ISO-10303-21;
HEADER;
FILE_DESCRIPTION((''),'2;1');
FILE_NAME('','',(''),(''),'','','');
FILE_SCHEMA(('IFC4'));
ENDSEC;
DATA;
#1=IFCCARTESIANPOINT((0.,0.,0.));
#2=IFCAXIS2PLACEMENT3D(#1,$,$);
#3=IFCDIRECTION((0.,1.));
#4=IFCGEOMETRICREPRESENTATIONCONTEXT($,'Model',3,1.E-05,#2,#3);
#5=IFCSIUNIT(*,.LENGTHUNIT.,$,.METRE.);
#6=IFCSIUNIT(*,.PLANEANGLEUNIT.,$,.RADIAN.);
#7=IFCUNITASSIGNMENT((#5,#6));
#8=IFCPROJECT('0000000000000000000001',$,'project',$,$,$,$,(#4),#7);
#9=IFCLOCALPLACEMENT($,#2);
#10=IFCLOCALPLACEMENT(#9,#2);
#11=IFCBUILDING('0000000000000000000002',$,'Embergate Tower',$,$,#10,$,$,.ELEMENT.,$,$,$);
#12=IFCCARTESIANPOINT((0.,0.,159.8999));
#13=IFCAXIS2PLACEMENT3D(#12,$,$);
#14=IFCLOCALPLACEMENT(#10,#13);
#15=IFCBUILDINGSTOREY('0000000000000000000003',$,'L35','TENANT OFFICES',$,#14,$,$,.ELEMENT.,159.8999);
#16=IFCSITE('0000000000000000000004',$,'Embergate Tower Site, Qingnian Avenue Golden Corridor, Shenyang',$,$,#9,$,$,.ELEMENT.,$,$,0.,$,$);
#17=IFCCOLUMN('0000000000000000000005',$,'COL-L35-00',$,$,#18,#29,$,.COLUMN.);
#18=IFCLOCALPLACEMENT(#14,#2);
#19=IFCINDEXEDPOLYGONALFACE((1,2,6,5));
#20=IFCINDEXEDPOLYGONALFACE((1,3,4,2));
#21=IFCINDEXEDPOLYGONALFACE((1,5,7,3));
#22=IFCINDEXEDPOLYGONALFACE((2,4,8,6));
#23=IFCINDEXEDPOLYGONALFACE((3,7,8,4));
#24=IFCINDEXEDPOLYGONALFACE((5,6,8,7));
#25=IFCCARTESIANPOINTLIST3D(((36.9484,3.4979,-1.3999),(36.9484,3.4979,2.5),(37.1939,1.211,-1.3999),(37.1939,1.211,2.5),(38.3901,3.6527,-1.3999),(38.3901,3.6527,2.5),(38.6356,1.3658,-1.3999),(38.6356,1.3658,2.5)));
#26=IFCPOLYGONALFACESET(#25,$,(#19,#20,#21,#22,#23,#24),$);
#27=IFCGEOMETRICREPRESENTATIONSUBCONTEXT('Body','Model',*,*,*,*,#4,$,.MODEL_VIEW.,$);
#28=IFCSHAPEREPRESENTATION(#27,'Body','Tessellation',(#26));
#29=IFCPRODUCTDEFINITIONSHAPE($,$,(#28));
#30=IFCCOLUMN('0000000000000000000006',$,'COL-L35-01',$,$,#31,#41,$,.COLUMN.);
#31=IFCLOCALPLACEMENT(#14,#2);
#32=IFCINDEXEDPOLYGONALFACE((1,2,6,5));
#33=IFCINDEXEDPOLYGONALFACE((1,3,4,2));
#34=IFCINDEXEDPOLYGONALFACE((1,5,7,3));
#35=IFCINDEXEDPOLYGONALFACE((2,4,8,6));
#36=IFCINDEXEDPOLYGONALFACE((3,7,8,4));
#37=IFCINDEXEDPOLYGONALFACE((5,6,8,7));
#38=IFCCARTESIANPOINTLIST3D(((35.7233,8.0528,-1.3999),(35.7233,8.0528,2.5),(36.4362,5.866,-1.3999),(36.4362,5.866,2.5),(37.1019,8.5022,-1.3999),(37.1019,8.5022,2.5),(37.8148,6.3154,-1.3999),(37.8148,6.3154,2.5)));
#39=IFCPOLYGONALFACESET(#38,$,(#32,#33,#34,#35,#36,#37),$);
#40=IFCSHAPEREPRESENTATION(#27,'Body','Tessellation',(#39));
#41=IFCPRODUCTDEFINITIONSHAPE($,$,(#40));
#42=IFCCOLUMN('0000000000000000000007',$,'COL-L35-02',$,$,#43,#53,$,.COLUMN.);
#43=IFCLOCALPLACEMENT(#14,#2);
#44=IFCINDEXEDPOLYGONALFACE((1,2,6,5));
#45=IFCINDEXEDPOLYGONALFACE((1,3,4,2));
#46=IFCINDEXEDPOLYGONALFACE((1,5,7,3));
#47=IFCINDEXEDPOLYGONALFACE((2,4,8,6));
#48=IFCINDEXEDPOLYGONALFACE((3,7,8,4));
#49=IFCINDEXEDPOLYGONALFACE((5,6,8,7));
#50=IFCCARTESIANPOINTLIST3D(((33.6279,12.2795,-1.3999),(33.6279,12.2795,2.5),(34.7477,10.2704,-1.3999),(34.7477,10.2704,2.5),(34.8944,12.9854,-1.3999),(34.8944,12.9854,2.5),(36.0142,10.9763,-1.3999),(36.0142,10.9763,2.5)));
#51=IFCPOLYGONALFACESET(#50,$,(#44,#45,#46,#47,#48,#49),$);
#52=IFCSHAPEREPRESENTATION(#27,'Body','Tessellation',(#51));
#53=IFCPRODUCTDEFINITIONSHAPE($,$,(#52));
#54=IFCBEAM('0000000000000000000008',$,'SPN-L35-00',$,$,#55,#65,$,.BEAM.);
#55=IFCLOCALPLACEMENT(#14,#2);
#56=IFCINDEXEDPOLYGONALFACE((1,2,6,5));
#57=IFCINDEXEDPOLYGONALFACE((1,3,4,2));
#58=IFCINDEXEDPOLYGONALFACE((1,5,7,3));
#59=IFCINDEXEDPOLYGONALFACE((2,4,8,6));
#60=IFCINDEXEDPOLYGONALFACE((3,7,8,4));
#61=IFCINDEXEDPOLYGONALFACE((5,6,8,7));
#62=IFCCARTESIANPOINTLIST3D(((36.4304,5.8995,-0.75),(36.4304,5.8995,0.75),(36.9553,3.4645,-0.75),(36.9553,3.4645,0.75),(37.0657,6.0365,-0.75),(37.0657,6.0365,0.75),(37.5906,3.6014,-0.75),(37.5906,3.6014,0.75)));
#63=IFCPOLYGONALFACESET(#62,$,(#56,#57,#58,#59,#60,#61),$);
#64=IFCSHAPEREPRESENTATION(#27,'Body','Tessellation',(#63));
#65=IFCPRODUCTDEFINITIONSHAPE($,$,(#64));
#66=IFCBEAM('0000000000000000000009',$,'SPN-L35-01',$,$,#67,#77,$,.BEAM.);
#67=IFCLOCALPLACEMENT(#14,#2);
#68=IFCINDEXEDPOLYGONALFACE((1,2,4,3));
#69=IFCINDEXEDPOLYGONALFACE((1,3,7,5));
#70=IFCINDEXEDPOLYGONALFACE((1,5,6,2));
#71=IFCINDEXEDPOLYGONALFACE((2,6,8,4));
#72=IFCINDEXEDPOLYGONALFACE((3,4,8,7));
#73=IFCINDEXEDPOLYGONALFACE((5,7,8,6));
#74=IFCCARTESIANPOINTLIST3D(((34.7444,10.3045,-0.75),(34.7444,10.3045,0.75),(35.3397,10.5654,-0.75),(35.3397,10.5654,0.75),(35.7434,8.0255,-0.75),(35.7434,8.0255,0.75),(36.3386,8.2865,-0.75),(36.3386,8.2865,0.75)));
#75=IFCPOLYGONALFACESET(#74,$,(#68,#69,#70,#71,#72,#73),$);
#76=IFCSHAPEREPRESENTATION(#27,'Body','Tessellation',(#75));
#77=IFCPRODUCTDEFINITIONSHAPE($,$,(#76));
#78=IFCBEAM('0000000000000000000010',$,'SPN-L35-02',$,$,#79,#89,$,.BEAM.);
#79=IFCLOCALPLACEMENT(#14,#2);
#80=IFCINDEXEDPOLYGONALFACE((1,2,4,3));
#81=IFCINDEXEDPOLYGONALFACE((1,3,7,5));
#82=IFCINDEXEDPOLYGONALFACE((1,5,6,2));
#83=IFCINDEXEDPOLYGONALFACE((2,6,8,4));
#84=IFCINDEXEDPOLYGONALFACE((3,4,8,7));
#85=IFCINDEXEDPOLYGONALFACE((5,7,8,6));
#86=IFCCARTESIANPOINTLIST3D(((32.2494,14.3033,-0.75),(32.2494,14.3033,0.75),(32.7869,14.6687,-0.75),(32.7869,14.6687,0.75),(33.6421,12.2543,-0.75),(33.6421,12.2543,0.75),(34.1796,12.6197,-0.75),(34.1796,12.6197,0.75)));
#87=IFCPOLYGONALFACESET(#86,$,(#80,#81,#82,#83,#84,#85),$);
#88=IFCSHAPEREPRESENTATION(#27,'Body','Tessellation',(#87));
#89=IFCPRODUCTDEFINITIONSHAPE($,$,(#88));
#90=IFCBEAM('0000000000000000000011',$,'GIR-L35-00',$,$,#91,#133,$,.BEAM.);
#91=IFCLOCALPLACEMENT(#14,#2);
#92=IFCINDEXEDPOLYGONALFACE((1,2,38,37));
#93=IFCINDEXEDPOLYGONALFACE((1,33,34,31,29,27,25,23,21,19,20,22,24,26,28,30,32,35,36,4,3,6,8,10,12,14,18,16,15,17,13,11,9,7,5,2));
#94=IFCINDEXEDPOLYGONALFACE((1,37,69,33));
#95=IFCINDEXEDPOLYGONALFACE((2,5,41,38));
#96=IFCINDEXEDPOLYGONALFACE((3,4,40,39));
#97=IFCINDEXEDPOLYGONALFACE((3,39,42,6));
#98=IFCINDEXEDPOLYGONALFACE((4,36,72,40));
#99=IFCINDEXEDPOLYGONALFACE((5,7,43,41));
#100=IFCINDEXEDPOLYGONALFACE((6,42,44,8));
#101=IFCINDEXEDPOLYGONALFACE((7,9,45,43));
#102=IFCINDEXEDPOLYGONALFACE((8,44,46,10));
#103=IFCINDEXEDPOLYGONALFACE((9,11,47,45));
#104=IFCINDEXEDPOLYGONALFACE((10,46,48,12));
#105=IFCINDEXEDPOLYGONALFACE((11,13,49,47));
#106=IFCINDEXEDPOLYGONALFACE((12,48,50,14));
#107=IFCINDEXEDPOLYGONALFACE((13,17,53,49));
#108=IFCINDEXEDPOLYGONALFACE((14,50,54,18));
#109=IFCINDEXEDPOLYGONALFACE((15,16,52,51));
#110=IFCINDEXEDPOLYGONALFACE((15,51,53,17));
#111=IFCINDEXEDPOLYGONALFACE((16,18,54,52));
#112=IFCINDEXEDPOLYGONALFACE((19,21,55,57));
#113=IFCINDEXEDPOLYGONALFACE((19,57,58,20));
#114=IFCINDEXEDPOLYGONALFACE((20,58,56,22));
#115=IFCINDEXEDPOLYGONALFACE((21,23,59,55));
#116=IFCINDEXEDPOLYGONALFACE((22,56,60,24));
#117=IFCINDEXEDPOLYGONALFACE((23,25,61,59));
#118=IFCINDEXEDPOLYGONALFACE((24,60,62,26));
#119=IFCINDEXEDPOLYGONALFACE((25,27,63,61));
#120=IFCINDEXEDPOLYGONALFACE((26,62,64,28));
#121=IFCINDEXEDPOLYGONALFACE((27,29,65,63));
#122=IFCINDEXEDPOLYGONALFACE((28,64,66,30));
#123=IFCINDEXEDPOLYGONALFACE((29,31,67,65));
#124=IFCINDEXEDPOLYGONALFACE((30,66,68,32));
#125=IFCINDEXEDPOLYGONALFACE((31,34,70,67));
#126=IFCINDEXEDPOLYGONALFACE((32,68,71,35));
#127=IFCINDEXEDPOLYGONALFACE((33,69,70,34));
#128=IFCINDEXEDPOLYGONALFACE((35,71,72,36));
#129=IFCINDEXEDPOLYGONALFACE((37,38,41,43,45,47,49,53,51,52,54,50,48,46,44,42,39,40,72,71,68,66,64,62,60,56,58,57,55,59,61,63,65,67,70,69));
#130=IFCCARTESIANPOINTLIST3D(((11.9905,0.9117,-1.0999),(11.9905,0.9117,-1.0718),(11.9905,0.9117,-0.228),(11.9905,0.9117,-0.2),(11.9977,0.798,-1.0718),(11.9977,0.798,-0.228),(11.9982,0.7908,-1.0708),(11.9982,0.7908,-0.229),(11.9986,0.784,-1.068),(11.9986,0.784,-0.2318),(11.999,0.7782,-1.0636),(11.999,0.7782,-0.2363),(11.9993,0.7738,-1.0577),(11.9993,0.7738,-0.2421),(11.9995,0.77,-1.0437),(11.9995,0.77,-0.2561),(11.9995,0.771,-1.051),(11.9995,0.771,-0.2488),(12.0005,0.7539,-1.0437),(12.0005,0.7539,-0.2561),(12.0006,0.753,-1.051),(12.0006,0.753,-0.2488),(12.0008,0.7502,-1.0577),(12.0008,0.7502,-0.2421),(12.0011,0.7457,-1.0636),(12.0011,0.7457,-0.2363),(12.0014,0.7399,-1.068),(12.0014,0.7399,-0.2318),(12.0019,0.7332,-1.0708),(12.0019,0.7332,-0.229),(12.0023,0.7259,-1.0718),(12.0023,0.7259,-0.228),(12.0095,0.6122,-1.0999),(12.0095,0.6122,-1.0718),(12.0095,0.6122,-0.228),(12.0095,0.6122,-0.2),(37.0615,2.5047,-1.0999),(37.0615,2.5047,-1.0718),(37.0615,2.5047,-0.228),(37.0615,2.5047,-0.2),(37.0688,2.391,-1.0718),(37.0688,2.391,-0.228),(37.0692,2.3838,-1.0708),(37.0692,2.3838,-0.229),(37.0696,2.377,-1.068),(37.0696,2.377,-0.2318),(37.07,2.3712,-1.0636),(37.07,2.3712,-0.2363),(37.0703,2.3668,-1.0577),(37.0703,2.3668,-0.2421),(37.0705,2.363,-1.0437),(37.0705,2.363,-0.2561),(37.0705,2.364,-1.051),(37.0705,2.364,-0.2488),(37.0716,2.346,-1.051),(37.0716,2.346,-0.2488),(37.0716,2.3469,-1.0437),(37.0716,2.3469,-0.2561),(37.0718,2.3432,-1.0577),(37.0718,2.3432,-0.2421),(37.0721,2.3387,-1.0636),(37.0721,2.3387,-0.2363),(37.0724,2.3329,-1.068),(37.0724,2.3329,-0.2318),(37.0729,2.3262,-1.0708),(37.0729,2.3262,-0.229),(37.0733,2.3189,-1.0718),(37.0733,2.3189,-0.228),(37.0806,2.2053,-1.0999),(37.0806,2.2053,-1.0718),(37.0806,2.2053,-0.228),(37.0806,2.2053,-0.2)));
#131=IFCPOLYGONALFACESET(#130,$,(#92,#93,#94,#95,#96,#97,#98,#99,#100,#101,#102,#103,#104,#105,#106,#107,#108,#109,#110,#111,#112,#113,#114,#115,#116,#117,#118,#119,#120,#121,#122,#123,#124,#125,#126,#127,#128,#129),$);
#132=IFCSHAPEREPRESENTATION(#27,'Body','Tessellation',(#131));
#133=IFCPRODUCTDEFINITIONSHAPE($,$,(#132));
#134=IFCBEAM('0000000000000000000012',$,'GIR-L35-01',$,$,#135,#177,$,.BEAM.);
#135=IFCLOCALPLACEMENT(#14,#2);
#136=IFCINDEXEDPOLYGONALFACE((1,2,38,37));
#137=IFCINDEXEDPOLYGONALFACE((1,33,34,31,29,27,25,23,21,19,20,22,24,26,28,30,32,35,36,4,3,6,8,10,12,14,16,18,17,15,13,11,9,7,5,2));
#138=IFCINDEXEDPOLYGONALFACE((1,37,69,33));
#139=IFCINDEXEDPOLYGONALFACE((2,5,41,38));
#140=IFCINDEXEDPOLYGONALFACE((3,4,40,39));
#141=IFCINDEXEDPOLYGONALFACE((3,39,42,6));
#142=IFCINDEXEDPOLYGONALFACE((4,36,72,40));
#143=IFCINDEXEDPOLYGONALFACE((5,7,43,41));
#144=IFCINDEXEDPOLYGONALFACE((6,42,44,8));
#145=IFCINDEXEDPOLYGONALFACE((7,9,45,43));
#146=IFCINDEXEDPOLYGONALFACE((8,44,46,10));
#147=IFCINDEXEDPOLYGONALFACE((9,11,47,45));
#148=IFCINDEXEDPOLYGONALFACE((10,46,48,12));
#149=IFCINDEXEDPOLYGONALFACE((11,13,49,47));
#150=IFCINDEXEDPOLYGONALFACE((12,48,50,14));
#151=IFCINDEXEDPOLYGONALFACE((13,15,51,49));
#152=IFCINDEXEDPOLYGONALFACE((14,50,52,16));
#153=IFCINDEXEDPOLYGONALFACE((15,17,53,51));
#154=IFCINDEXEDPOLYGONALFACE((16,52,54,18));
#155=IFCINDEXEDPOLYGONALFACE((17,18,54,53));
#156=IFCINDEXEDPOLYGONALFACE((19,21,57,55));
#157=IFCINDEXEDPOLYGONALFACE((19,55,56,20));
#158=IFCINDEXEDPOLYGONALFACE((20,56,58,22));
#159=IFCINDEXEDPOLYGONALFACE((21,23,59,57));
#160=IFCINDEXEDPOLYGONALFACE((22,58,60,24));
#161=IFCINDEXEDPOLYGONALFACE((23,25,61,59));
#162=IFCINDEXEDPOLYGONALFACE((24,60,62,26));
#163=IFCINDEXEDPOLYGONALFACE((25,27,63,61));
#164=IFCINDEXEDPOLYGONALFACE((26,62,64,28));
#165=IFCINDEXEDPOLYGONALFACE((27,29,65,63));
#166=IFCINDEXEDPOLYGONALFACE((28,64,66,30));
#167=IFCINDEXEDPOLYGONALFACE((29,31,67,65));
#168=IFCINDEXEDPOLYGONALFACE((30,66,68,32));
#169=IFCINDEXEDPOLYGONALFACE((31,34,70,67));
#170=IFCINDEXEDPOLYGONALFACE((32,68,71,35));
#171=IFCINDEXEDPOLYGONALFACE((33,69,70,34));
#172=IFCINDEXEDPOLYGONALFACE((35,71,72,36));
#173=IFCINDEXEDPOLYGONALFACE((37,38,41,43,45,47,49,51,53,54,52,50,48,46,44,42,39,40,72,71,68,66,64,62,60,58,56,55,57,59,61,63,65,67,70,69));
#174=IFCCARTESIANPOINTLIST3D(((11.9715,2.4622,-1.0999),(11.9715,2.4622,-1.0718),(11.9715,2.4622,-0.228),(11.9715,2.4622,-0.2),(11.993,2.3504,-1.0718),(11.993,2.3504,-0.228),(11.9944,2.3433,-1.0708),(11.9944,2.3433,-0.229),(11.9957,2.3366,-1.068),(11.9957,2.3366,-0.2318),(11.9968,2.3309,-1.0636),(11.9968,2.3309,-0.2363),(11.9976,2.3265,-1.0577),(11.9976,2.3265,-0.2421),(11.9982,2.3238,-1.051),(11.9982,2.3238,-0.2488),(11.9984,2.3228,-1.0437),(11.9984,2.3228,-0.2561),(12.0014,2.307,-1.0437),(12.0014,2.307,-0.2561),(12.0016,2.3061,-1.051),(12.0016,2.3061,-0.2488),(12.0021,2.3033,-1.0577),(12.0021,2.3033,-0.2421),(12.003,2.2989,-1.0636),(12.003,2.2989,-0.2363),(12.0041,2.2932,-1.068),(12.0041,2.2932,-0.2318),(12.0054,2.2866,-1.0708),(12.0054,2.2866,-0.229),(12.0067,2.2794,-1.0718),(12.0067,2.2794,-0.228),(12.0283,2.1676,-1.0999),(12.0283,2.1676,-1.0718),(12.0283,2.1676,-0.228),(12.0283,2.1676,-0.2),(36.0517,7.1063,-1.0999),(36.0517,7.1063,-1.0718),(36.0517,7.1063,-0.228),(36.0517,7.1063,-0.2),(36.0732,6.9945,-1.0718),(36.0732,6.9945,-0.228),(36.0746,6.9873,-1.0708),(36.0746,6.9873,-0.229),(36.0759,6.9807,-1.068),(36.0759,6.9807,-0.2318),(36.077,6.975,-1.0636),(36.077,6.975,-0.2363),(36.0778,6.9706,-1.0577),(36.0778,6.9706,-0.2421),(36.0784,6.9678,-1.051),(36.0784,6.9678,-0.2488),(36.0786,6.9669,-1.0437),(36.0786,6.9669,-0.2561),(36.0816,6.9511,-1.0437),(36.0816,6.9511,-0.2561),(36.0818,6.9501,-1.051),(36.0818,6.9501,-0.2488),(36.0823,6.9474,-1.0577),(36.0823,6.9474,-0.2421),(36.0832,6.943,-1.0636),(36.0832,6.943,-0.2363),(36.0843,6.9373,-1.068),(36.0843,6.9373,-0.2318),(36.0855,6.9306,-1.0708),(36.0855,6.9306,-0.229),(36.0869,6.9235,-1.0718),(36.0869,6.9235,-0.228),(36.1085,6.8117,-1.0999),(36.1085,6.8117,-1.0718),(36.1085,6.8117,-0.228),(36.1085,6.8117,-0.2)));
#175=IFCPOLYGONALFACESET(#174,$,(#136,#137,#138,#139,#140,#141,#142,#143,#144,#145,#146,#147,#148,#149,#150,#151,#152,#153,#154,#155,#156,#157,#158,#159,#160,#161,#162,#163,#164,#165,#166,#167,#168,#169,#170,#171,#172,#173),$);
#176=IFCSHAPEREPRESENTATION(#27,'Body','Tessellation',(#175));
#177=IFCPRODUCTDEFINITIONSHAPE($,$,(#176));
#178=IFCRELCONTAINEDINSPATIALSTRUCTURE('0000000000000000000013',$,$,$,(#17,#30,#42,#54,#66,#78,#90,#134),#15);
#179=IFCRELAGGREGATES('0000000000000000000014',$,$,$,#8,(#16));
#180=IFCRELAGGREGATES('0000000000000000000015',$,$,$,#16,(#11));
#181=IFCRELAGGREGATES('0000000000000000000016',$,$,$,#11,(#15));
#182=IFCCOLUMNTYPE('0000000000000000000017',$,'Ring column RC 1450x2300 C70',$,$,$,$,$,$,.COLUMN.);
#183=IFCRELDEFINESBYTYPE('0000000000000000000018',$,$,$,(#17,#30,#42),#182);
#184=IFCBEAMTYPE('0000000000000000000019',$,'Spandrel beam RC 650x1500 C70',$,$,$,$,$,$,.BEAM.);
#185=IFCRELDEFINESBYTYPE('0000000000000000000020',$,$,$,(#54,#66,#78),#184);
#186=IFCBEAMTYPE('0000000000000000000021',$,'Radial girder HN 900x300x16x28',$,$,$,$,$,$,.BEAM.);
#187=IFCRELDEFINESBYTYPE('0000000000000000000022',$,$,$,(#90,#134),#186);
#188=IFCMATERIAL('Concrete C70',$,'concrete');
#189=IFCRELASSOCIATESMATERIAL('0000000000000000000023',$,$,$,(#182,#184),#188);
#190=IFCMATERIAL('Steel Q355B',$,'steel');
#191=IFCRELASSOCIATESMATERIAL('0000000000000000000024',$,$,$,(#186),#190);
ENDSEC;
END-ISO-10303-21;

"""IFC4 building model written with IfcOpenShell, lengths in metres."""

from ifc_helpers import new_model, si_unit, direction, frame, origin, origin_2d, place, context, subcontext, project, spatial, rectangle, i_section, extrude, source, transform, mapped, material, material_profile, profile_set, type_object, element, save


model = new_model("IFC4")

# Units and contexts
model_context = context("Model", 3, precision=1e-05, world=origin(), true_north=direction((0.0, 1.0)))
body_context = subcontext(model_context, "Body", "Model", "MODEL_VIEW")
ifc_project = project(units=[si_unit("LENGTHUNIT", "METRE"), si_unit("PLANEANGLEUNIT", "RADIAN")], contexts=[model_context])

# Site, building, storey
site_placement = place(None, origin())
site = spatial("IfcSite", under=ifc_project, at=site_placement, Name="Embergate Tower Site, Qingnian Avenue Golden Corridor, Shenyang", CompositionType="ELEMENT", RefElevation=0.0)
building_placement = place(site_placement, origin())
building = spatial("IfcBuilding", under=site, at=building_placement, Name="Embergate Tower", CompositionType="ELEMENT")
storey_placement = place(building_placement, frame((0.0, 0.0, 159.8999)))
storey = spatial("IfcBuildingStorey", under=building, at=storey_placement, Name="L35", Description="TENANT OFFICES", CompositionType="ELEMENT", Elevation=159.8999)

# Columns
ifc_material_1 = material(Name="Concrete C70", Category="concrete")
ifc_material_profile_1 = material_profile(ifc_material_1, rectangle(XDim=1.45, YDim=2.3, at=origin_2d()), Name="RC 1450x2300")
ifc_profile_set_1 = profile_set([ifc_material_profile_1], Name="Concrete C70")
column_type = type_object("IfcColumnType", Name="Ring column RC 1450x2300 C70", PredefinedType="COLUMN", material=ifc_profile_set_1)
shared_shape_1 = source(origin(), body_context, "Body", "SweptSolid", [
    extrude(rectangle(XDim=1.45, YDim=2.3, at=origin_2d()), origin(), (0.0, 0.0, 1.0), 3.8999),
])
for number, where, z_axis, x_axis, name in (
    (1, (37.792, 2.4319, -1.3999), (0.0, 0.0, 1.0), (0.994286, 0.10675, 0.0), "COL-L35-00"),
    (2, (36.769, 7.1841, -1.3999), (0.0, 0.0, 1.0), (0.950754, 0.309946, 0.0), "COL-L35-01"),
    (3, (34.821, 11.6279, -1.3999), (0.0, 0.0, 1.0), (0.873492, 0.486839, 0.0), "COL-L35-02"),
):
    element("IfcColumn", number, at=place(storey_placement, frame(where, z_axis=z_axis, x_axis=x_axis)), inside=storey, type_object=column_type, Name=name, PredefinedType="COLUMN", context=body_context, shape_type="MappedRepresentation", body=[
        mapped(shared_shape_1, transform((0.0, 0.0, 0.0))),
    ])

# Beams
ifc_material_profile_2 = material_profile(ifc_material_1, rectangle(XDim=0.6499, YDim=1.5, at=origin_2d()), Name="RC 650x1500")
ifc_profile_set_2 = profile_set([ifc_material_profile_2], Name="Concrete C70")
beam_type_1 = type_object("IfcBeamType", Name="Spandrel beam RC 650x1500 C70", PredefinedType="BEAM", material=ifc_profile_set_2)
shared_shape_2 = source(origin(), body_context, "Body", "SweptSolid", [
    extrude(rectangle(XDim=0.6499, YDim=1.5, at=origin_2d()), origin(), (0.0, 0.0, 1.0), 2.491),
])
beam_1_placement = place(storey_placement, frame((37.2729, 3.533, 0.0), z_axis=(-0.21072, 0.977546, 0.0), x_axis=(-0.977546, -0.21072, 0.0)))
element("IfcBeam", 4, at=beam_1_placement, inside=storey, type_object=beam_type_1, Name="SPN-L35-00", PredefinedType="BEAM", context=body_context, shape_type="MappedRepresentation", body=[
    mapped(shared_shape_2, transform((0.0, 0.0, 0.0))),
])
shared_shape_3 = source(origin(), body_context, "Body", "SweptSolid", [
    extrude(rectangle(XDim=0.6499, YDim=1.5, at=origin_2d()), origin(), (0.0, 0.0, 1.0), 2.4883),
])
beam_2_placement = place(storey_placement, frame((36.041, 8.156, 0.0), z_axis=(-0.401472, 0.915871, 0.0), x_axis=(-0.915871, -0.401472, 0.0)))
element("IfcBeam", 5, at=beam_2_placement, inside=storey, type_object=beam_type_1, Name="SPN-L35-01", PredefinedType="BEAM", context=body_context, shape_type="MappedRepresentation", body=[
    mapped(shared_shape_3, transform((0.0, 0.0, 0.0))),
])
shared_shape_4 = source(origin(), body_context, "Body", "SweptSolid", [
    extrude(rectangle(XDim=0.6499, YDim=1.5, at=origin_2d()), origin(), (0.0, 0.0, 1.0), 2.4775),
])
beam_3_placement = place(storey_placement, frame((33.9109, 12.437, 0.0), z_axis=(-0.562159, 0.827029, 0.0), x_axis=(-0.827029, -0.562159, 0.0)))
element("IfcBeam", 6, at=beam_3_placement, inside=storey, type_object=beam_type_1, Name="SPN-L35-02", PredefinedType="BEAM", context=body_context, shape_type="MappedRepresentation", body=[
    mapped(shared_shape_4, transform((0.0, 0.0, 0.0))),
])
ifc_material_2 = material(Name="Steel Q355B", Category="steel")
ifc_material_profile_3 = material_profile(ifc_material_2, i_section(OverallWidth=0.3, OverallDepth=0.8999, WebThickness=0.0161, FlangeThickness=0.0281, FilletRadius=0.0281, at=origin_2d()), Name="HN 900x300x16x28")
ifc_profile_set_3 = profile_set([ifc_material_profile_3], Name="Steel Q355 grade B")
beam_type_2 = type_object("IfcBeamType", Name="Radial girder HN 900x300x16x28", PredefinedType="BEAM", material=ifc_profile_set_3)
shared_shape_5 = source(origin(), body_context, "Body", "SweptSolid", [
    extrude(i_section(OverallWidth=0.3, OverallDepth=0.8999, WebThickness=0.0161, FlangeThickness=0.0281, FilletRadius=0.0281, at=origin_2d()), origin(), (0.0, 0.0, 1.0), 25.1216),
])
beam_4_placement = place(storey_placement, frame((37.071, 2.355, -0.6499), z_axis=(-0.997987, -0.063412, 0.0), x_axis=(0.063412, -0.997987, 0.0)))
element("IfcBeam", 7, at=beam_4_placement, inside=storey, type_object=beam_type_2, Name="GIR-L35-00", PredefinedType="BEAM", context=body_context, shape_type="MappedRepresentation", body=[
    mapped(shared_shape_5, transform((0.0, 0.0, 0.0))),
])
shared_shape_6 = source(origin(), body_context, "Body", "SweptSolid", [
    extrude(i_section(OverallWidth=0.3, OverallDepth=0.8999, WebThickness=0.0161, FlangeThickness=0.0281, FilletRadius=0.0281, at=origin_2d()), origin(), (0.0, 0.0, 1.0), 24.5239),
])
beam_5_placement = place(storey_placement, frame((36.0801, 6.959, -0.6499), z_axis=(-0.981906, -0.189369, 0.0), x_axis=(0.189369, -0.981906, 0.0)))
element("IfcBeam", 8, at=beam_5_placement, inside=storey, type_object=beam_type_2, Name="GIR-L35-01", PredefinedType="BEAM", context=body_context, shape_type="MappedRepresentation", body=[
    mapped(shared_shape_6, transform((0.0, 0.0, 0.0))),
])

save(model, "model.ifc")
